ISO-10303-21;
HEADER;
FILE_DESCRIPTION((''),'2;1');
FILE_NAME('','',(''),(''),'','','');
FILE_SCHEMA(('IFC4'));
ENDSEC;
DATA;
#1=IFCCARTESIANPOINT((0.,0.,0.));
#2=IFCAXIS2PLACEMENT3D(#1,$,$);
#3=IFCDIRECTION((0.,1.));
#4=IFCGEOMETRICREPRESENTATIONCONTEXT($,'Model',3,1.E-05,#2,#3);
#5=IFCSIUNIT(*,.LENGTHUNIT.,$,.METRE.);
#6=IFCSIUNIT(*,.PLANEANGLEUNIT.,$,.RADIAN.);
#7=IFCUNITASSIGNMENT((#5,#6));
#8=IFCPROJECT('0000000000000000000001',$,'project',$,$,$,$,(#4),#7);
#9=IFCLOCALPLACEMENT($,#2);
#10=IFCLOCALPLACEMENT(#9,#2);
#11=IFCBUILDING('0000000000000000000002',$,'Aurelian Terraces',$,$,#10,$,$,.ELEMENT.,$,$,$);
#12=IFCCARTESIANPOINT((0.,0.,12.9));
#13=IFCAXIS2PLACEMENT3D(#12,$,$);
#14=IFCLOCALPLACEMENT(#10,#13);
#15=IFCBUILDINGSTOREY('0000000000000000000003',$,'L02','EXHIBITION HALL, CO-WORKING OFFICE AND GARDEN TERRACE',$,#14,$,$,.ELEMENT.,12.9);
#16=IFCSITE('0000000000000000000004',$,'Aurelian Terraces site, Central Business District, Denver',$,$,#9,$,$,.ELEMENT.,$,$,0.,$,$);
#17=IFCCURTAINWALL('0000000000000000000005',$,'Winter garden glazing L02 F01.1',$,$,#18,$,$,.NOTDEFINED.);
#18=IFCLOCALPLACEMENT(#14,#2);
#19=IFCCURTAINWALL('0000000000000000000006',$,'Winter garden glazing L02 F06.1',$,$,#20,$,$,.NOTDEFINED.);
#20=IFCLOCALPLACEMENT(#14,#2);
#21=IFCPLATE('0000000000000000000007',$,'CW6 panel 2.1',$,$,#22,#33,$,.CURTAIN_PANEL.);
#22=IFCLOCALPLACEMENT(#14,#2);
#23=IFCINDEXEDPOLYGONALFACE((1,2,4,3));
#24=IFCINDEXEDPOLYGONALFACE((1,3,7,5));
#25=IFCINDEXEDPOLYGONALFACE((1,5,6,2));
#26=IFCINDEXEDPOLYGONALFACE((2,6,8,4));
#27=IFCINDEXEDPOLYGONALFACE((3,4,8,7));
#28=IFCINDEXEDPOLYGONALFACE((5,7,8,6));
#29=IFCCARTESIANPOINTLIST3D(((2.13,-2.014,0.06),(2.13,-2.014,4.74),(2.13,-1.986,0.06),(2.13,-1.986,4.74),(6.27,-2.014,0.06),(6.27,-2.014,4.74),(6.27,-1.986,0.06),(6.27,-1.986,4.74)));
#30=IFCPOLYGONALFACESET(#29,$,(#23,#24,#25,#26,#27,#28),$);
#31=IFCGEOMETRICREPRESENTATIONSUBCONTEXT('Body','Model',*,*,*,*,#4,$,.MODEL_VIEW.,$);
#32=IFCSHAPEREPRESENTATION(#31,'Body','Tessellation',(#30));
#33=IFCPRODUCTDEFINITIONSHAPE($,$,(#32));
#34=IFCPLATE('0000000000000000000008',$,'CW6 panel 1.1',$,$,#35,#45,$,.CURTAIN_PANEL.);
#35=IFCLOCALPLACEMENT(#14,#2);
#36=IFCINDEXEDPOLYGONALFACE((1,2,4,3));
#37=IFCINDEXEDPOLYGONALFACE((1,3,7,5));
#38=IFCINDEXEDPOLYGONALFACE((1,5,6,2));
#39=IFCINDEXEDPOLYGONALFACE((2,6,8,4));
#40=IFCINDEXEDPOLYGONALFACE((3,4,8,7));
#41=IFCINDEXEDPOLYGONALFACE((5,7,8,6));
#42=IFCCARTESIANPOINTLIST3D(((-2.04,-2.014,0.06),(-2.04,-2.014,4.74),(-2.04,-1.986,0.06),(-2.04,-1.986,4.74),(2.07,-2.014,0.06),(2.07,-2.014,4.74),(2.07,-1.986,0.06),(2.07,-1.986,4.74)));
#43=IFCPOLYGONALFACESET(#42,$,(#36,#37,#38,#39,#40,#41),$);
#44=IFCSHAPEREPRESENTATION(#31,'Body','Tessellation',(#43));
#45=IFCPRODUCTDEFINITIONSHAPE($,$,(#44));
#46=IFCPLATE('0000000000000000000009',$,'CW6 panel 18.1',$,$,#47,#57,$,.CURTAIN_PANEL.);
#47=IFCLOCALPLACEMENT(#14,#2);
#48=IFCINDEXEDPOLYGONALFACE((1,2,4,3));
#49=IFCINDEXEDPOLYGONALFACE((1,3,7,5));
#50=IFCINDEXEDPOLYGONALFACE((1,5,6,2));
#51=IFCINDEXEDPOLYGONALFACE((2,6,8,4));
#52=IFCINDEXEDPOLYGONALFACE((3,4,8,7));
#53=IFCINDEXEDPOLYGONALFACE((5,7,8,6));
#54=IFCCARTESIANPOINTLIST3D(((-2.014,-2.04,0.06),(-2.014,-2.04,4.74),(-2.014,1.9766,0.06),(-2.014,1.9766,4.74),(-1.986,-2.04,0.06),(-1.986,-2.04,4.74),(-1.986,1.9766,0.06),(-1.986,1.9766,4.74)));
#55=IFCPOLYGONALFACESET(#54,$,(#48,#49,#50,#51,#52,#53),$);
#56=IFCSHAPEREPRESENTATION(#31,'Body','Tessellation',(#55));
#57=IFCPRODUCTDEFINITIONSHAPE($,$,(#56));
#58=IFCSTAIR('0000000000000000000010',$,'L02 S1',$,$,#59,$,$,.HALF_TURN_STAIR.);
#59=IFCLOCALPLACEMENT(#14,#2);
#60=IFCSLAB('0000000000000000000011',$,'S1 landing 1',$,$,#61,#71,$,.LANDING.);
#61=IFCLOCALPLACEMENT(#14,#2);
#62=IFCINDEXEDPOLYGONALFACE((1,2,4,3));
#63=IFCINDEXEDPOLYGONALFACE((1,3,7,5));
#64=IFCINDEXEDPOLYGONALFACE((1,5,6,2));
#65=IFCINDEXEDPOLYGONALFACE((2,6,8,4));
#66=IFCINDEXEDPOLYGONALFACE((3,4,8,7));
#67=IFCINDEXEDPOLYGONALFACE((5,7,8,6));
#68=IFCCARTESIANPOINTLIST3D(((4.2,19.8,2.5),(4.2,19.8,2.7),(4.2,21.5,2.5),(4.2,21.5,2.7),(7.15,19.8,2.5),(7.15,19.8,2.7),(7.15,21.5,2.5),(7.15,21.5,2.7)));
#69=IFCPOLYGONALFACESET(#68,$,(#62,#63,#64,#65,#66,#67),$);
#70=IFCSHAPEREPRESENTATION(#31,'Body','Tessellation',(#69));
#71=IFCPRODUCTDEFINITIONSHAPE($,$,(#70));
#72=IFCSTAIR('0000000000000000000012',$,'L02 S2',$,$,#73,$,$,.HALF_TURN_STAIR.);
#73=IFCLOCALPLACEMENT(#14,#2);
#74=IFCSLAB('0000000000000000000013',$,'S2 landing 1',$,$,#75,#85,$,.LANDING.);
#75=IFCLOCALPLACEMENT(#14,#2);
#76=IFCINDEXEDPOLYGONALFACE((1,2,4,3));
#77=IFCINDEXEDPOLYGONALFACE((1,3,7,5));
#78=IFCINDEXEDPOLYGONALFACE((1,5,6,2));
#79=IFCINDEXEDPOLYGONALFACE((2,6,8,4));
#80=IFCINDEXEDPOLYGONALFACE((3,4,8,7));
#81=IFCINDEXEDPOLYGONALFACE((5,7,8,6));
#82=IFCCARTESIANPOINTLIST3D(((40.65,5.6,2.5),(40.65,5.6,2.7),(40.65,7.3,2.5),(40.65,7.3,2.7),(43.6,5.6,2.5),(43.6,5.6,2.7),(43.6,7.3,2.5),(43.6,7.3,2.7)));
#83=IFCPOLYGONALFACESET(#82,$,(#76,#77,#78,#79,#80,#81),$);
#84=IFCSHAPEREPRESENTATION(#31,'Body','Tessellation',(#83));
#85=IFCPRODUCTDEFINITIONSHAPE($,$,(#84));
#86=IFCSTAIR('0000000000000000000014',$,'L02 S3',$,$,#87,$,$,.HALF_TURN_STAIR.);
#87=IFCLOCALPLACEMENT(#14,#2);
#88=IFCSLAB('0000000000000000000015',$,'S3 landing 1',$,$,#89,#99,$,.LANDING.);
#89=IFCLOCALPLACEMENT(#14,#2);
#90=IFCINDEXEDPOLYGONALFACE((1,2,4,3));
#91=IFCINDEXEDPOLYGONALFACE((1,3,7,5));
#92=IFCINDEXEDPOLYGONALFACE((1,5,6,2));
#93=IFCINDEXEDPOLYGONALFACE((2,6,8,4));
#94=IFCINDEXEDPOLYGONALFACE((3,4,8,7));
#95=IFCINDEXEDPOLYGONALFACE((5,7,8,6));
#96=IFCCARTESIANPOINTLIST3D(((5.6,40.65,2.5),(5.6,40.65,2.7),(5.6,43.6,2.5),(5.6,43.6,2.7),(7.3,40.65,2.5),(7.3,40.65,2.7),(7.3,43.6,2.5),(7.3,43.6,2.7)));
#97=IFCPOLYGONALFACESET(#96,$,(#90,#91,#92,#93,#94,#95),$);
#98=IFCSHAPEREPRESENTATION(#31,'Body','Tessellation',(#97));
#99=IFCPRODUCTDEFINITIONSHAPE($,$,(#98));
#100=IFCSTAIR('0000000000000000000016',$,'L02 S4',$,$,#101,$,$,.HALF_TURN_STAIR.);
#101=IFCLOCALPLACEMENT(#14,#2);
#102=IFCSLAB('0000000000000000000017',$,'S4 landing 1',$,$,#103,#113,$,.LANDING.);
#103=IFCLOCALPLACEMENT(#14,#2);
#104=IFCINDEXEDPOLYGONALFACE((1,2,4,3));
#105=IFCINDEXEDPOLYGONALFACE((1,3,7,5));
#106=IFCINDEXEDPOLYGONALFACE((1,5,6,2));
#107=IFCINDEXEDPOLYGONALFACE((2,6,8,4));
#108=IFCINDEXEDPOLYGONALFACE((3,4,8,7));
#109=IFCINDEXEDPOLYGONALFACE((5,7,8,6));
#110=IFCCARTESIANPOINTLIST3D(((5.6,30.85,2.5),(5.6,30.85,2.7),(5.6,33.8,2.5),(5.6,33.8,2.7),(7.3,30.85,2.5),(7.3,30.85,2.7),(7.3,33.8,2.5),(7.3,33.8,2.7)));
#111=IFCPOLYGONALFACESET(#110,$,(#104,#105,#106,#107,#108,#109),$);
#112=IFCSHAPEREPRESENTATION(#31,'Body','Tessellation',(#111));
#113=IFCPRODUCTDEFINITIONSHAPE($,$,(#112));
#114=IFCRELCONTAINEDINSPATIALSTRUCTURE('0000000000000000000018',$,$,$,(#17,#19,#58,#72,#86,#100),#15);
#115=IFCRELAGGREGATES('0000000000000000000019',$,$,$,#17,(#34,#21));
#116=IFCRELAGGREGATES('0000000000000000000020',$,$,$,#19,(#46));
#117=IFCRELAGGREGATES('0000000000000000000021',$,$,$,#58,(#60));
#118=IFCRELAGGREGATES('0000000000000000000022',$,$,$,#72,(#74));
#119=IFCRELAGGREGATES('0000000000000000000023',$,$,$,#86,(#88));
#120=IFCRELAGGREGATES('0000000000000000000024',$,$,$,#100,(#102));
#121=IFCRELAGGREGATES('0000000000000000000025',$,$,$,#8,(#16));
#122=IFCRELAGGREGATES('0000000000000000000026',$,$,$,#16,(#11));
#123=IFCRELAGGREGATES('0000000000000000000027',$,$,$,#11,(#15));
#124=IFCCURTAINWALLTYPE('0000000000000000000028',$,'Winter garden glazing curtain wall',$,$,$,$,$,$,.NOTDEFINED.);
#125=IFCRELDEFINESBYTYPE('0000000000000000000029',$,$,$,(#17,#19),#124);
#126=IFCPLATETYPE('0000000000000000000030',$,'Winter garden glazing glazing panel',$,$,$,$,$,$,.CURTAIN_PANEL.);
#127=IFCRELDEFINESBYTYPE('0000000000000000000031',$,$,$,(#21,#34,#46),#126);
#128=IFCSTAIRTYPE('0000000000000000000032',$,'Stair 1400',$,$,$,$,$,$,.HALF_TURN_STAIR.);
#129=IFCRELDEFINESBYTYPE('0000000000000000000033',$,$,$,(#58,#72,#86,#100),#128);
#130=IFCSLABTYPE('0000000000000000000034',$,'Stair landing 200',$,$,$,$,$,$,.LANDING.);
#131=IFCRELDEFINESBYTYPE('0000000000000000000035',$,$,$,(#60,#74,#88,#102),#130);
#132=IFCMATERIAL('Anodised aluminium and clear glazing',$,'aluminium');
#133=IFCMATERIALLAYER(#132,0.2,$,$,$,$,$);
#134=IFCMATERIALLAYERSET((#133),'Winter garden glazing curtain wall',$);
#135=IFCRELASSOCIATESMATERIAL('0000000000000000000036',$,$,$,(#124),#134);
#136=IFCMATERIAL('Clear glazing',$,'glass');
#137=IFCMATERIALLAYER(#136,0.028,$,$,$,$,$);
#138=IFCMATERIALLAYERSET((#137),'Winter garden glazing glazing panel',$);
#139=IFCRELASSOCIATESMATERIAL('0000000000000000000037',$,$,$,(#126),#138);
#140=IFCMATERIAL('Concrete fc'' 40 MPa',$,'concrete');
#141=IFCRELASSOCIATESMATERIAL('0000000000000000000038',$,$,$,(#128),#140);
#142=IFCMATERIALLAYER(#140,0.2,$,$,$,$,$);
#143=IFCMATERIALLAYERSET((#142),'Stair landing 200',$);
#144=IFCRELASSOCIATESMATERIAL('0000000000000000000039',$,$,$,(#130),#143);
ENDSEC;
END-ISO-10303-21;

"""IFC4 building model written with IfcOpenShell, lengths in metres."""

from ifc_helpers import new_model, si_unit, direction, frame, origin, origin_2d, place, context, subcontext, project, spatial, polyline, rectangle, outline, extrude, source, transform, mapped, material, layer, layer_set, type_object, element, aggregate, save


model = new_model("IFC4")

# Units and contexts
model_context = context("Model", 3, precision=1e-05, world=origin(), true_north=direction((0.0, 1.0)))
body_context = subcontext(model_context, "Body", "Model", "MODEL_VIEW")
ifc_project = project(units=[si_unit("LENGTHUNIT", "METRE"), si_unit("PLANEANGLEUNIT", "RADIAN")], contexts=[model_context])

# Site, building, storey
site_placement = place(None, origin())
site = spatial("IfcSite", under=ifc_project, at=site_placement, Name="Aurelian Terraces site, Central Business District, Denver", CompositionType="ELEMENT", RefElevation=0.0)
building_placement = place(site_placement, origin())
building = spatial("IfcBuilding", under=site, at=building_placement, Name="Aurelian Terraces", CompositionType="ELEMENT")
storey_placement = place(building_placement, frame((0.0, 0.0, 12.9)))
storey = spatial("IfcBuildingStorey", under=building, at=storey_placement, Name="L02", Description="EXHIBITION HALL, CO-WORKING OFFICE AND GARDEN TERRACE", CompositionType="ELEMENT", Elevation=12.9)

# Curtain wall
ifc_material_1 = material(Name="Anodised aluminium and clear glazing", Category="aluminium")
ifc_layer_1 = layer(ifc_material_1, 0.2)
ifc_layer_set_1 = layer_set([ifc_layer_1], Name="Winter garden glazing curtain wall")
curtain_wall_type = type_object("IfcCurtainWallType", Name="Winter garden glazing curtain wall", PredefinedType="NOTDEFINED", material=ifc_layer_set_1)
curtain_wall_1_placement = place(storey_placement, origin())
curtain_wall_1 = element("IfcCurtainWall", 1, at=curtain_wall_1_placement, inside=storey, type_object=curtain_wall_type, Name="Winter garden glazing L02 F01.1", PredefinedType="NOTDEFINED")

# Curtain wall
curtain_wall_2_placement = place(storey_placement, origin())
curtain_wall_2 = element("IfcCurtainWall", 2, at=curtain_wall_2_placement, inside=storey, type_object=curtain_wall_type, Name="Winter garden glazing L02 F06.1", PredefinedType="NOTDEFINED")

# Shared definitions
ifc_material_2 = material(Name="Concrete fc' 40 MPa", Category="concrete")

# Plates
ifc_material_3 = material(Name="Clear glazing", Category="glass")
ifc_layer_2 = layer(ifc_material_3, 0.028)
ifc_layer_set_2 = layer_set([ifc_layer_2], Name="Winter garden glazing glazing panel")
plate_type = type_object("IfcPlateType", Name="Winter garden glazing glazing panel", PredefinedType="CURTAIN_PANEL", material=ifc_layer_set_2)
shared_shape_1 = source(origin(), body_context, "Body", "SweptSolid", [
    extrude(rectangle(XDim=4.14, YDim=0.028, at=origin_2d()), origin(), (0.0, 0.0, 1.0), 4.68),
])
plate_1_placement = place(storey_placement, frame((4.2, -2.0, 0.06), z_axis=(0.0, 0.0, 1.0), x_axis=(1.0, 0.0, 0.0)))
plate_1 = element("IfcPlate", 3, at=plate_1_placement, type_object=plate_type, Name="CW6 panel 2.1", PredefinedType="CURTAIN_PANEL", context=body_context, shape_type="MappedRepresentation", body=[
    mapped(shared_shape_1, transform((0.0, 0.0, 0.0), scale=1.0)),
])
shared_shape_2 = source(origin(), body_context, "Body", "SweptSolid", [
    extrude(rectangle(XDim=4.11, YDim=0.028, at=origin_2d()), origin(), (0.0, 0.0, 1.0), 4.68),
])
plate_2_placement = place(storey_placement, frame((0.015, -2.0, 0.06), z_axis=(0.0, 0.0, 1.0), x_axis=(1.0, 0.0, 0.0)))
plate_2 = element("IfcPlate", 4, at=plate_2_placement, type_object=plate_type, Name="CW6 panel 1.1", PredefinedType="CURTAIN_PANEL", context=body_context, shape_type="MappedRepresentation", body=[
    mapped(shared_shape_2, transform((0.0, 0.0, 0.0), scale=1.0)),
])
aggregate(curtain_wall_1, [plate_2, plate_1])
shared_shape_3 = source(origin(), body_context, "Body", "SweptSolid", [
    extrude(rectangle(XDim=4.0167, YDim=0.028, at=origin_2d()), origin(), (0.0, 0.0, 1.0), 4.68),
])
plate_3_placement = place(storey_placement, frame((-2.0, -0.0317, 0.06), z_axis=(0.0, 0.0, 1.0), x_axis=(0.0, -1.0, 0.0)))
plate_3 = element("IfcPlate", 5, at=plate_3_placement, type_object=plate_type, Name="CW6 panel 18.1", PredefinedType="CURTAIN_PANEL", context=body_context, shape_type="MappedRepresentation", body=[
    mapped(shared_shape_3, transform((0.0, 0.0, 0.0), scale=1.0)),
])
aggregate(curtain_wall_2, [plate_3])

# Stairs, slabs
stair_type = type_object("IfcStairType", Name="Stair 1400", PredefinedType="HALF_TURN_STAIR", material=ifc_material_2)
stair_1_placement = place(storey_placement, origin())
stair_1 = element("IfcStair", 6, at=stair_1_placement, inside=storey, type_object=stair_type, Name="L02 S1", PredefinedType="HALF_TURN_STAIR")
ifc_layer_3 = layer(ifc_material_2, 0.2)
ifc_layer_set_3 = layer_set([ifc_layer_3], Name="Stair landing 200")
slab_type_1 = type_object("IfcSlabType", Name="Stair landing 200", PredefinedType="LANDING", material=ifc_layer_set_3)
shared_shape_4 = source(origin(), body_context, "Body", "SweptSolid", [
    extrude(outline(polyline([(7.15, 19.8), (7.15, 21.5), (4.2, 21.5), (4.2, 19.8), (7.15, 19.8)])), origin(), (0.0, 0.0, 1.0), 0.2),
])
slab_1_placement = place(storey_placement, frame((0.0, 0.0, 2.5)))
slab_1 = element("IfcSlab", 7, at=slab_1_placement, type_object=slab_type_1, Name="S1 landing 1", PredefinedType="LANDING", context=body_context, shape_type="MappedRepresentation", body=[
    mapped(shared_shape_4, transform((0.0, 0.0, 0.0), scale=1.0)),
])
aggregate(stair_1, [slab_1])
stair_2_placement = place(storey_placement, origin())
stair_2 = element("IfcStair", 8, at=stair_2_placement, inside=storey, type_object=stair_type, Name="L02 S2", PredefinedType="HALF_TURN_STAIR")
shared_shape_5 = source(origin(), body_context, "Body", "SweptSolid", [
    extrude(outline(polyline([(43.6, 5.6), (43.6, 7.3), (40.65, 7.3), (40.65, 5.6), (43.6, 5.6)])), origin(), (0.0, 0.0, 1.0), 0.2),
])
slab_2_placement = place(storey_placement, frame((0.0, 0.0, 2.5)))
slab_2 = element("IfcSlab", 9, at=slab_2_placement, type_object=slab_type_1, Name="S2 landing 1", PredefinedType="LANDING", context=body_context, shape_type="MappedRepresentation", body=[
    mapped(shared_shape_5, transform((0.0, 0.0, 0.0), scale=1.0)),
])
aggregate(stair_2, [slab_2])
stair_3_placement = place(storey_placement, origin())
stair_3 = element("IfcStair", 10, at=stair_3_placement, inside=storey, type_object=stair_type, Name="L02 S3", PredefinedType="HALF_TURN_STAIR")
shared_shape_6 = source(origin(), body_context, "Body", "SweptSolid", [
    extrude(outline(polyline([(5.6, 40.65), (7.3, 40.65), (7.3, 43.6), (5.6, 43.6), (5.6, 40.65)])), origin(), (0.0, 0.0, 1.0), 0.2),
])
slab_3_placement = place(storey_placement, frame((0.0, 0.0, 2.5)))
slab_3 = element("IfcSlab", 11, at=slab_3_placement, type_object=slab_type_1, Name="S3 landing 1", PredefinedType="LANDING", context=body_context, shape_type="MappedRepresentation", body=[
    mapped(shared_shape_6, transform((0.0, 0.0, 0.0), scale=1.0)),
])
aggregate(stair_3, [slab_3])
stair_4_placement = place(storey_placement, origin())
stair_4 = element("IfcStair", 12, at=stair_4_placement, inside=storey, type_object=stair_type, Name="L02 S4", PredefinedType="HALF_TURN_STAIR")
shared_shape_7 = source(origin(), body_context, "Body", "SweptSolid", [
    extrude(outline(polyline([(5.6, 30.85), (7.3, 30.85), (7.3, 33.8), (5.6, 33.8), (5.6, 30.85)])), origin(), (0.0, 0.0, 1.0), 0.2),
])
slab_4_placement = place(storey_placement, frame((0.0, 0.0, 2.5)))
slab_4 = element("IfcSlab", 13, at=slab_4_placement, type_object=slab_type_1, Name="S4 landing 1", PredefinedType="LANDING", context=body_context, shape_type="MappedRepresentation", body=[
    mapped(shared_shape_7, transform((0.0, 0.0, 0.0), scale=1.0)),
])
aggregate(stair_4, [slab_4])

save(model, "model.ifc")
